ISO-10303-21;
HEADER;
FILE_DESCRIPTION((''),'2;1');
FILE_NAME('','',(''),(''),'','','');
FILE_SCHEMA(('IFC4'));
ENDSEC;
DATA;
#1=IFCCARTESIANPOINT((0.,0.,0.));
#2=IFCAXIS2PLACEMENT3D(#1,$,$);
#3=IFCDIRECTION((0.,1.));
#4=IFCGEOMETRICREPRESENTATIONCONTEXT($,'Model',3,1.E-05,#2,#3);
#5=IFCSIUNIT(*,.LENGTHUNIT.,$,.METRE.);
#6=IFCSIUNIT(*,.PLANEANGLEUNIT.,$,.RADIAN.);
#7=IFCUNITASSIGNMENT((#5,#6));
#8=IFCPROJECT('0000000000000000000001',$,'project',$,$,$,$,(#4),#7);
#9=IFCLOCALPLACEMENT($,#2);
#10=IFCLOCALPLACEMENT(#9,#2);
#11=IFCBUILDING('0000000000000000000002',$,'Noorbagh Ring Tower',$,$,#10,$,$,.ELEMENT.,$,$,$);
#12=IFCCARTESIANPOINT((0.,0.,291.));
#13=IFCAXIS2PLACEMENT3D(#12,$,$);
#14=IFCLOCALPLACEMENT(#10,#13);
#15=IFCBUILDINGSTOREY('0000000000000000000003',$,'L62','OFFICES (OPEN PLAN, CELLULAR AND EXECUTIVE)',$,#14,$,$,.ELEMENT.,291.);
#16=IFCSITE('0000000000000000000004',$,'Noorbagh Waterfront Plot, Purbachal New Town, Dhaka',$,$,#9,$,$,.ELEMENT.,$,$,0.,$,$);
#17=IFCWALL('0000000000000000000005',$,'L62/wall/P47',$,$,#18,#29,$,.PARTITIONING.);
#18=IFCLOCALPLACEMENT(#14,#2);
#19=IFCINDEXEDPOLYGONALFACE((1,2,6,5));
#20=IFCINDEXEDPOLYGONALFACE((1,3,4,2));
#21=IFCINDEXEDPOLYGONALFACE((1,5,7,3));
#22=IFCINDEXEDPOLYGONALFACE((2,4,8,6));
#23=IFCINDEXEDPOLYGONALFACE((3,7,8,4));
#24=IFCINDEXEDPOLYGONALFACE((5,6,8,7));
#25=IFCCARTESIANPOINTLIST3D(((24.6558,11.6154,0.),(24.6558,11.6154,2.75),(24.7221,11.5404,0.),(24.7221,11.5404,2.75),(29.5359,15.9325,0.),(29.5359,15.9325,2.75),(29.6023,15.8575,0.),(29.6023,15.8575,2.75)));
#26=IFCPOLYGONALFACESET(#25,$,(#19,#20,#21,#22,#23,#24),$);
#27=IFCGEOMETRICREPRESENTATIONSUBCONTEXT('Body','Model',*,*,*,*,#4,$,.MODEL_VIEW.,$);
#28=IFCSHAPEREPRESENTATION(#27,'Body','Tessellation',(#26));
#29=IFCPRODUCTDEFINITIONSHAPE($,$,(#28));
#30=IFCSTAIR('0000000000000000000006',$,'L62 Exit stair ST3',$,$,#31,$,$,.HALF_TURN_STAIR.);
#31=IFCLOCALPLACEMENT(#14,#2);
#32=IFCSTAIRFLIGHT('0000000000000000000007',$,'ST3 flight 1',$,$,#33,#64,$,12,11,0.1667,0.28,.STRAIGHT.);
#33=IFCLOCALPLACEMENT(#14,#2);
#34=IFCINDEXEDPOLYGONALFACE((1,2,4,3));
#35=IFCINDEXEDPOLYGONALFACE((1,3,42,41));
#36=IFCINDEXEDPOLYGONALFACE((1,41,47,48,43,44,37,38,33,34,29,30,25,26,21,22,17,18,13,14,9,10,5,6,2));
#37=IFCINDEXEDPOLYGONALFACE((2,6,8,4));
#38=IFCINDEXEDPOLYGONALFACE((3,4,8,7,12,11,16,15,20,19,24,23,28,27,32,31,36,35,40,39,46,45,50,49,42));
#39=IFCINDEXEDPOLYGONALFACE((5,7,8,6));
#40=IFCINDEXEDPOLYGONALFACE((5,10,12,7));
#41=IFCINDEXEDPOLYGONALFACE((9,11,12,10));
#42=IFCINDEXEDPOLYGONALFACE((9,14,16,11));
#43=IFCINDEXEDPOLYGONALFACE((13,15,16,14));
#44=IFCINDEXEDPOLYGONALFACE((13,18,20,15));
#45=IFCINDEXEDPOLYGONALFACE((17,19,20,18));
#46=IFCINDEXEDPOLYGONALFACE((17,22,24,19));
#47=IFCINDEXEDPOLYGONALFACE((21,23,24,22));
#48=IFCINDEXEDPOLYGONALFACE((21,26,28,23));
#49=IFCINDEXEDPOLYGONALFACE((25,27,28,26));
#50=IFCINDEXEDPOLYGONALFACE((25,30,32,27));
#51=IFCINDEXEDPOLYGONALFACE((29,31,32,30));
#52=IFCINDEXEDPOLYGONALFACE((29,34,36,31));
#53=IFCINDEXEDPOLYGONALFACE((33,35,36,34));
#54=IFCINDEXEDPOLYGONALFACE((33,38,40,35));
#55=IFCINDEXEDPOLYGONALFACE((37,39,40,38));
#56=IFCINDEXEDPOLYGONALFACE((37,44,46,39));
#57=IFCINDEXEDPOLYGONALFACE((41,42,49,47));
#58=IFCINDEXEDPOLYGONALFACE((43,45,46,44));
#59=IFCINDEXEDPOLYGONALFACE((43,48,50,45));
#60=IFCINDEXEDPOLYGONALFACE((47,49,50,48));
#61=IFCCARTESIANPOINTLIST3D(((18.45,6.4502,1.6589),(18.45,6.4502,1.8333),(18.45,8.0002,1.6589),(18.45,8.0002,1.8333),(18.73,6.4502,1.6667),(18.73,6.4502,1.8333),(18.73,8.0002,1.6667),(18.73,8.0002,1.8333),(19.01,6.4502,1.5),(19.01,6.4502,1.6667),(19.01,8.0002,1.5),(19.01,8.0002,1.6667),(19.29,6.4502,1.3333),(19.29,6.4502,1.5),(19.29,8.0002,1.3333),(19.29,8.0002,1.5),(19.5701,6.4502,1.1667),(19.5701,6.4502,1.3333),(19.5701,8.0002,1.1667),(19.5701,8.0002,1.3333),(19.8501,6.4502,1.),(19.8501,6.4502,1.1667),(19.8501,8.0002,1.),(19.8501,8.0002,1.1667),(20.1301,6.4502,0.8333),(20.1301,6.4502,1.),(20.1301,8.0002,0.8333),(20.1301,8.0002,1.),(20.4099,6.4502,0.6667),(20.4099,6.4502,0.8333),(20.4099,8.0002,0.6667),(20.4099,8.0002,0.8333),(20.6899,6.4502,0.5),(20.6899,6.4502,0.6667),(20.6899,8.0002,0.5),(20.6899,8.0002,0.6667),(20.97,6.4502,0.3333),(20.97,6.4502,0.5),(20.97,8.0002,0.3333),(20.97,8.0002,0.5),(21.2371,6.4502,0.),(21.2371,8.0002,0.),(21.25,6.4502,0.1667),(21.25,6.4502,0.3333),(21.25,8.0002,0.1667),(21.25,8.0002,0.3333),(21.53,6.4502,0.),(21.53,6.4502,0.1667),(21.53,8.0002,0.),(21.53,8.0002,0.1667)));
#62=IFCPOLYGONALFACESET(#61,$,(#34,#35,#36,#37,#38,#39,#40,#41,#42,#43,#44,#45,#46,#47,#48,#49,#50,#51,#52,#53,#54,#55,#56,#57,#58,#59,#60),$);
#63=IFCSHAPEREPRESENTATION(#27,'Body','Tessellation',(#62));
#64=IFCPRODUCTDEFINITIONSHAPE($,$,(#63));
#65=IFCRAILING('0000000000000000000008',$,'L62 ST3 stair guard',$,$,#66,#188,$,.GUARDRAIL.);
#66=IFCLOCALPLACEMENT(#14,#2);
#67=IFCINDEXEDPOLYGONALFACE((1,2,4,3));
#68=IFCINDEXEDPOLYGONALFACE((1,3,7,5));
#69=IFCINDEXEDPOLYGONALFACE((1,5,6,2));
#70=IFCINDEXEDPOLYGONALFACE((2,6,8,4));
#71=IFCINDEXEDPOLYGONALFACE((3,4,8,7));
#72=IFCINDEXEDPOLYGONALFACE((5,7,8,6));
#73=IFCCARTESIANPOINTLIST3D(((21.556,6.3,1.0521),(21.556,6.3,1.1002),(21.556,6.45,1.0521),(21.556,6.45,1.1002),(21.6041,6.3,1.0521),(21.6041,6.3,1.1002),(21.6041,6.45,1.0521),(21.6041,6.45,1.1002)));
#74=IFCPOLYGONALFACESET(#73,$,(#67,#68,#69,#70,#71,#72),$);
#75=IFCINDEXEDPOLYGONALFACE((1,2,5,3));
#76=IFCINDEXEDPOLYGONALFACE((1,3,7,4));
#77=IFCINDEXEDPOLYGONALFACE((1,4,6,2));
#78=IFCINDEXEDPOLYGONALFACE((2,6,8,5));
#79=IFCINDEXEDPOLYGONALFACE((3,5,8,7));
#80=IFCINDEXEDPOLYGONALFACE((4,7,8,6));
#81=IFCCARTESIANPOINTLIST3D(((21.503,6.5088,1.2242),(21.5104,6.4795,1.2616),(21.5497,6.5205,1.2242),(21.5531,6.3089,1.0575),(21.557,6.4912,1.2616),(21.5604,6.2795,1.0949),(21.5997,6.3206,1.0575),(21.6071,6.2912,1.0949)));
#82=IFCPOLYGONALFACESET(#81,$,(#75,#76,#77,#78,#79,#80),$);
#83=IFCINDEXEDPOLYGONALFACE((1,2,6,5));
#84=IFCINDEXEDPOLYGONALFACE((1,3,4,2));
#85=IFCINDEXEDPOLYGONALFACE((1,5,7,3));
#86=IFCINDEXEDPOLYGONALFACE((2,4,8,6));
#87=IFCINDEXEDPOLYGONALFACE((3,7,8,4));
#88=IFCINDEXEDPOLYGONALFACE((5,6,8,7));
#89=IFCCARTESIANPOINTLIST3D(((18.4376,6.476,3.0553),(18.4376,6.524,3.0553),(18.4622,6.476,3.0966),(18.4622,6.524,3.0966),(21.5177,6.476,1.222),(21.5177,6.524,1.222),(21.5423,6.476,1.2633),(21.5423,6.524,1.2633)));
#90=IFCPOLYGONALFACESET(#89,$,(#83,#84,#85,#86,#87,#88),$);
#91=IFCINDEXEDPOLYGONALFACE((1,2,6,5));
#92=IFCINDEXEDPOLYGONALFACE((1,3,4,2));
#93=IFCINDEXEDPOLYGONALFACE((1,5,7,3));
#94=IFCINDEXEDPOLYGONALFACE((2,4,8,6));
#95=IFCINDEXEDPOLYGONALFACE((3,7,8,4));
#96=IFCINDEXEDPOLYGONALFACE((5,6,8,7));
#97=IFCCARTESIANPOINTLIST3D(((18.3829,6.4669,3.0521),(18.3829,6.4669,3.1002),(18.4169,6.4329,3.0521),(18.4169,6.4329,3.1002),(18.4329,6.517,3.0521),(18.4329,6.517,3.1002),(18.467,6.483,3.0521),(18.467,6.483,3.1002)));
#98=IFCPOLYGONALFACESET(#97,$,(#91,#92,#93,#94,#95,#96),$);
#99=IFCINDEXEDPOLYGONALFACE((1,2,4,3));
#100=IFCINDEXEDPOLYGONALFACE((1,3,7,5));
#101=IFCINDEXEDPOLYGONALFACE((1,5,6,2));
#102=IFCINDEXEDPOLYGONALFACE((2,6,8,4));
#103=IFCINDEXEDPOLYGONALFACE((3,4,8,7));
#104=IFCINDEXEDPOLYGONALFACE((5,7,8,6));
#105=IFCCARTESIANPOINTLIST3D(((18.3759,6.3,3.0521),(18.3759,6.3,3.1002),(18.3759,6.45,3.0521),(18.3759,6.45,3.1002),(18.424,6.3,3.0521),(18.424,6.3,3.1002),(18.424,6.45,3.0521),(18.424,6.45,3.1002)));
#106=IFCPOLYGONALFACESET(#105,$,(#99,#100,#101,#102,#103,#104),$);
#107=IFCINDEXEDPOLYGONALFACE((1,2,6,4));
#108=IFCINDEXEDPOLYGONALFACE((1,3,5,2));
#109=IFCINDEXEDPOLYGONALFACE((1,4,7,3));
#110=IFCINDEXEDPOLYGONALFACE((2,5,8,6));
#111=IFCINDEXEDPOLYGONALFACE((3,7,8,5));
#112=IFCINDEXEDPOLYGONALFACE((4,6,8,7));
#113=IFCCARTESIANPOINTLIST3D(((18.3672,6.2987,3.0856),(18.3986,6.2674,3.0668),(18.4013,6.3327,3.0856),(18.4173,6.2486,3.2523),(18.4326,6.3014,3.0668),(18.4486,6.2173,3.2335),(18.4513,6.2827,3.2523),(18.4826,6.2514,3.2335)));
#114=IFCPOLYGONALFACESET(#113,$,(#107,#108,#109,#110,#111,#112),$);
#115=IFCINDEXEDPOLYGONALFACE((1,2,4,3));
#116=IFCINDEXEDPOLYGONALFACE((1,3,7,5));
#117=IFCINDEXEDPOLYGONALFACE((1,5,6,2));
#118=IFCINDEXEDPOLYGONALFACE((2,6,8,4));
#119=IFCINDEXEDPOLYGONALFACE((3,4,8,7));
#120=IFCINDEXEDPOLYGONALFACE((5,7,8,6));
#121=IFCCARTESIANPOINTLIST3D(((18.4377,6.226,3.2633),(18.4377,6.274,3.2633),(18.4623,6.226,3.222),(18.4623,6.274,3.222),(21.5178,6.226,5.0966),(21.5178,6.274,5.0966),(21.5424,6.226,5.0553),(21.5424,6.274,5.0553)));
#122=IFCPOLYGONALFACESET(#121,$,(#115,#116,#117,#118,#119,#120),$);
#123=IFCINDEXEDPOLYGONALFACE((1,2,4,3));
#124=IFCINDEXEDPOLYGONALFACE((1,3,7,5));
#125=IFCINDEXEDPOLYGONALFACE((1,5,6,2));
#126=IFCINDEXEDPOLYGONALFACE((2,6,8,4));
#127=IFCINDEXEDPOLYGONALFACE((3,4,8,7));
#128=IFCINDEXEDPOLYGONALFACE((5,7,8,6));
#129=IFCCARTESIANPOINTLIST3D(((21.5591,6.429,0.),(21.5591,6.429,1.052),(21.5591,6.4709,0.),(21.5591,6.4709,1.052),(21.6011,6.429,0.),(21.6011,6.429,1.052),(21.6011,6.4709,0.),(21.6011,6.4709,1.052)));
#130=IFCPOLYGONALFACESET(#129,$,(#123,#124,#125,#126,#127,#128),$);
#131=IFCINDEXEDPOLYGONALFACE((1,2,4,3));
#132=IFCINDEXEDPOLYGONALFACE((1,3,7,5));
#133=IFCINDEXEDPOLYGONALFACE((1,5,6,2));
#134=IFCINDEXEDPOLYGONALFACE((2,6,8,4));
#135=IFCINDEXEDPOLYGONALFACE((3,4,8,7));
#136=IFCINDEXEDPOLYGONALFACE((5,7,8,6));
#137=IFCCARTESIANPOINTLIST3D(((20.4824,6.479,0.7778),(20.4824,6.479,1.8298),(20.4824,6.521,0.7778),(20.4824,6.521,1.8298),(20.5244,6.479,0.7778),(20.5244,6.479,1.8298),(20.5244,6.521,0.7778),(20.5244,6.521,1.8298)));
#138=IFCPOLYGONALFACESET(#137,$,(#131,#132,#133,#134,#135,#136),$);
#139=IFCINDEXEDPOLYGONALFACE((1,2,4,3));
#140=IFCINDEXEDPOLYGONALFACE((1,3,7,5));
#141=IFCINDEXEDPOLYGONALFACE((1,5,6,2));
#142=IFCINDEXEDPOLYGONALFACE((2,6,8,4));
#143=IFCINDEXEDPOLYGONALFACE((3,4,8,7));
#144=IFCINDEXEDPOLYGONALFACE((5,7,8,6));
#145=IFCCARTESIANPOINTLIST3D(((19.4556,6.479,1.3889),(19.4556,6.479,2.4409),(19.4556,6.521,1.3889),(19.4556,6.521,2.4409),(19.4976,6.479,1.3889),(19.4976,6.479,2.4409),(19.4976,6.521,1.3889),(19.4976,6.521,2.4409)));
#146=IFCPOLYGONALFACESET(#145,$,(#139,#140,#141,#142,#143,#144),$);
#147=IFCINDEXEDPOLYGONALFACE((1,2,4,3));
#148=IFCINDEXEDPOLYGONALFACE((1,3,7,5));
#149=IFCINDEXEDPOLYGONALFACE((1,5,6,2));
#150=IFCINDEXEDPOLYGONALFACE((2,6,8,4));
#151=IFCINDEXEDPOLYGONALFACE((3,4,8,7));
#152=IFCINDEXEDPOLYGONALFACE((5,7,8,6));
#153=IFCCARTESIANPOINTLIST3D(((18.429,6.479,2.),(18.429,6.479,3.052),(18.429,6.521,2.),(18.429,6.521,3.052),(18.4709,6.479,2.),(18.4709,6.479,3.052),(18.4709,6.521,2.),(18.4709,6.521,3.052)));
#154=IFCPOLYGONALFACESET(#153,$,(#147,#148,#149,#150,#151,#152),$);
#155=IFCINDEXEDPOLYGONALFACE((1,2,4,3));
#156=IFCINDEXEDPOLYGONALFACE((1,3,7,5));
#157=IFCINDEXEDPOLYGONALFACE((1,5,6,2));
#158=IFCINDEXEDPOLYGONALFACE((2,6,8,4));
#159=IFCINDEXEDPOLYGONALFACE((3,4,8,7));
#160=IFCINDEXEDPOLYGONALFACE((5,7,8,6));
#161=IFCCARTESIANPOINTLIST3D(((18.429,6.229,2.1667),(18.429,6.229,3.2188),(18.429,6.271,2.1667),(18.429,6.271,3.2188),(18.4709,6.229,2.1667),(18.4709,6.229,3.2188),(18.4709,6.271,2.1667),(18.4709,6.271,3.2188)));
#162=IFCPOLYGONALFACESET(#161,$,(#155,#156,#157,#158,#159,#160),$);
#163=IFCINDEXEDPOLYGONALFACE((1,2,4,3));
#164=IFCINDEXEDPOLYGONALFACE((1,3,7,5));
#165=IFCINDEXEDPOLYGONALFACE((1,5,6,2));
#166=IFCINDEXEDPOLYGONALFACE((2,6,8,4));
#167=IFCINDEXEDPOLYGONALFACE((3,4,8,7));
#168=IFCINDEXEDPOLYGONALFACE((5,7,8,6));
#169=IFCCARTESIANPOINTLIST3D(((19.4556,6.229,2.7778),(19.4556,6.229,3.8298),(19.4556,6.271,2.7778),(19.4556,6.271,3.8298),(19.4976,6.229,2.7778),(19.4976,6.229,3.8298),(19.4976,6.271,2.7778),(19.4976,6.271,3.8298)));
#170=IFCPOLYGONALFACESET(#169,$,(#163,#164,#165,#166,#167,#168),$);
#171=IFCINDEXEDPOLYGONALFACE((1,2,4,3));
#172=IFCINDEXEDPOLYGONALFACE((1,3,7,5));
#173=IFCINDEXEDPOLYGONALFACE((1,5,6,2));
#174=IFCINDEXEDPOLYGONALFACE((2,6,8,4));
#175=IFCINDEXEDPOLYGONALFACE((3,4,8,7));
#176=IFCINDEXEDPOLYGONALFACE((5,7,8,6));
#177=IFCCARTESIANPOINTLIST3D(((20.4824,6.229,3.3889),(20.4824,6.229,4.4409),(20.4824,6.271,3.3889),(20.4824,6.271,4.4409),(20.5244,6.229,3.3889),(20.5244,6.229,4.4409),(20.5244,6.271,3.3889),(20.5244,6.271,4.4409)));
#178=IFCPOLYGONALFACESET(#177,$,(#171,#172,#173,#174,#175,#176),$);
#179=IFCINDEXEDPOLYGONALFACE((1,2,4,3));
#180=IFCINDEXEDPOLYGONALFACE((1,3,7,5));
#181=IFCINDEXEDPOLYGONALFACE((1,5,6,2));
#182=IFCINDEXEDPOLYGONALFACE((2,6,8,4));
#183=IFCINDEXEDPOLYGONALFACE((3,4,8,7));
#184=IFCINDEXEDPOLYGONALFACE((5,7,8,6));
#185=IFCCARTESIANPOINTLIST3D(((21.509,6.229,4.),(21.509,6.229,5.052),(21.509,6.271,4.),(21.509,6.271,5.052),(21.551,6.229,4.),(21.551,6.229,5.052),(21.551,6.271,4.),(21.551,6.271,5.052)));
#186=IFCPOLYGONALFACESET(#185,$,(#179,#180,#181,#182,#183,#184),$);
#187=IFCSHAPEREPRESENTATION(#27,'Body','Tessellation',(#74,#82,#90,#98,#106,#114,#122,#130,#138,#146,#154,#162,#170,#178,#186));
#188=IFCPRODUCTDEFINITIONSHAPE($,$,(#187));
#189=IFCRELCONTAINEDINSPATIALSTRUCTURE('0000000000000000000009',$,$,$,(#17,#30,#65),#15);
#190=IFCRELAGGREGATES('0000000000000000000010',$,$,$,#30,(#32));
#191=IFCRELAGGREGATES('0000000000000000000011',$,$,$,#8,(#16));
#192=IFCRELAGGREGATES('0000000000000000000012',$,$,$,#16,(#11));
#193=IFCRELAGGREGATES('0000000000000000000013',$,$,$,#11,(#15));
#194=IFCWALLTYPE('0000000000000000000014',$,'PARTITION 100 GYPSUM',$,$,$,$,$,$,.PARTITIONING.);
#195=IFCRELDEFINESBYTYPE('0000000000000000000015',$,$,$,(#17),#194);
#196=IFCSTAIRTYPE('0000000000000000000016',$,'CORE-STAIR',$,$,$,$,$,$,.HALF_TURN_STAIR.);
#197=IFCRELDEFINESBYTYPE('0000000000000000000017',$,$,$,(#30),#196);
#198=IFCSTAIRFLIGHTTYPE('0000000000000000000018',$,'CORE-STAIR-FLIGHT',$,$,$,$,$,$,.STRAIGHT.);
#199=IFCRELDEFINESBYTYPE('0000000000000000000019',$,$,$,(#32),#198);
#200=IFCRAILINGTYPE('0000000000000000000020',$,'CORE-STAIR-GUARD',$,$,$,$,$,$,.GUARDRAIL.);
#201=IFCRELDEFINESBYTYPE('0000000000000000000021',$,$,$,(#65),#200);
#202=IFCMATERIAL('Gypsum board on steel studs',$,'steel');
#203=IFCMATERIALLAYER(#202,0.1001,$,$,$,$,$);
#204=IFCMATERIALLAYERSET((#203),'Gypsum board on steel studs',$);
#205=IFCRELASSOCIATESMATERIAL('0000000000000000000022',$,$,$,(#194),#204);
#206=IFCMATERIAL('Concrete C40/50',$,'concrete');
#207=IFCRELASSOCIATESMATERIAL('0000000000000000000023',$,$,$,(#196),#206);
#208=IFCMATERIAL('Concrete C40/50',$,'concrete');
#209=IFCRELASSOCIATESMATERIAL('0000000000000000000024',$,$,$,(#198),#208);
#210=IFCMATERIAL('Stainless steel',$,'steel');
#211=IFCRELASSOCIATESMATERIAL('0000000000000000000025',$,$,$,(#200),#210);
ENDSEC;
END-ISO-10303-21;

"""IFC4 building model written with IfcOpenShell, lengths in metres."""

from ifc_helpers import new_model, si_unit, direction, frame, frame_2d, origin, origin_2d, place, context, subcontext, project, spatial, polyline, rectangle, outline, extrude, material, layer, layer_set, type_object, element, aggregate, save


model = new_model("IFC4")

# Units and contexts
model_context = context("Model", 3, precision=1e-05, world=origin(), true_north=direction((0.0, 1.0)))
body_context = subcontext(model_context, "Body", "Model", "MODEL_VIEW")
ifc_project = project(units=[si_unit("LENGTHUNIT", "METRE"), si_unit("PLANEANGLEUNIT", "RADIAN")], contexts=[model_context])

# Site, building, storey
site_placement = place(None, origin())
site = spatial("IfcSite", under=ifc_project, at=site_placement, Name="Noorbagh Waterfront Plot, Purbachal New Town, Dhaka", CompositionType="ELEMENT", RefElevation=0.0)
building_placement = place(site_placement, origin())
building = spatial("IfcBuilding", under=site, at=building_placement, Name="Noorbagh Ring Tower", CompositionType="ELEMENT")
storey_placement = place(building_placement, frame((0.0, 0.0, 291.0)))
storey = spatial("IfcBuildingStorey", under=building, at=storey_placement, Name="L62", Description="OFFICES (OPEN PLAN, CELLULAR AND EXECUTIVE)", CompositionType="ELEMENT", Elevation=291.0)

# Wall
ifc_material_1 = material(Name="Gypsum board on steel studs", Category="steel")
ifc_layer_1 = layer(ifc_material_1, 0.1001)
ifc_layer_set_1 = layer_set([ifc_layer_1], Name="Gypsum board on steel studs")
wall_type_1 = type_object("IfcWallType", Name="PARTITION 100 GYPSUM", PredefinedType="PARTITIONING", material=ifc_layer_set_1)
wall_1_placement = place(storey_placement, frame((24.689, 11.5779, 0.0), z_axis=(0.0, 0.0, 1.0), x_axis=(0.748989, 0.662583, 0.0)))
element("IfcWall", 1, at=wall_1_placement, inside=storey, type_object=wall_type_1, Name="L62/wall/P47", PredefinedType="PARTITIONING", context=body_context, shape_type="SweptSolid", body=[
    extrude(rectangle(XDim=6.5156, YDim=0.1001, at=frame_2d((3.2578, 0.0))), origin(), (0.0, 0.0, 1.0), 2.75),
])

# Stair, stair flight
ifc_material_2 = material(Name="Concrete C40/50", Category="concrete")
stair_type = type_object("IfcStairType", Name="CORE-STAIR", PredefinedType="HALF_TURN_STAIR", material=ifc_material_2)
stair_placement = place(storey_placement, origin())
stair = element("IfcStair", 2, at=stair_placement, inside=storey, type_object=stair_type, Name="L62 Exit stair ST3", PredefinedType="HALF_TURN_STAIR")
ifc_material_3 = material(Name="Concrete C40/50", Category="concrete")
stair_flight_type = type_object("IfcStairFlightType", Name="CORE-STAIR-FLIGHT", PredefinedType="STRAIGHT", material=ifc_material_3)
stair_flight_placement = place(storey_placement, frame((21.53, 7.2251, 0.0), z_axis=(0.0, 0.0, 1.0), x_axis=(-1.0, 0.0, 0.0)))
stair_flight = element("IfcStairFlight", 3, at=stair_flight_placement, type_object=stair_flight_type, Name="ST3 flight 1", NumberOfRisers=12, NumberOfTreads=11, PredefinedType="STRAIGHT", RiserHeight=0.1667, TreadLength=0.28, context=body_context, shape_type="SweptSolid", body=[
    extrude(outline(polyline([(0.0, 0.0), (0.0, 0.1667), (0.28, 0.1667), (0.28, 0.3333), (0.5601, 0.3333), (0.5601, 0.5), (0.8401, 0.5), (0.8401, 0.6667), (1.1201, 0.6667), (1.1201, 0.8333), (1.3999, 0.8333), (1.3999, 1.0), (1.6799, 1.0), (1.6799, 1.1667), (1.96, 1.1667), (1.96, 1.3333), (2.24, 1.3333), (2.24, 1.5), (2.52, 1.5), (2.52, 1.6667), (2.8, 1.6667), (2.8, 1.8333), (3.0801, 1.8333), (3.0801, 2.0), (3.0801, 1.6589), (0.293, 0.0), (0.0, 0.0)])), frame((0.0, 0.7749, 0.0), z_axis=(0.0, -1.0, 0.0), x_axis=(1.0, 0.0, 0.0)), (0.0, 0.0, 1.0), 1.55),
])
aggregate(stair, [stair_flight])

# Railing
ifc_material_4 = material(Name="Stainless steel", Category="steel")
railing_type_1 = type_object("IfcRailingType", Name="CORE-STAIR-GUARD", PredefinedType="GUARDRAIL", material=ifc_material_4)
railing_1_placement = place(storey_placement, frame((21.5801, 6.45, 0.0)))
element("IfcRailing", 4, at=railing_1_placement, inside=storey, type_object=railing_type_1, Name="L62 ST3 stair guard", PredefinedType="GUARDRAIL", context=body_context, shape_type="SweptSolid", body=[
    extrude(rectangle(XDim=0.0481, YDim=0.0481, at=origin_2d()), frame((0.0, 0.0, 1.0762), z_axis=(0.0, -1.0, 0.0), x_axis=(1.0, 0.0, 0.0)), (0.0, 0.0, 1.0), 0.1499),
    extrude(rectangle(XDim=0.0481, YDim=0.0481, at=origin_2d()), frame((0.0, -0.1499, 1.0762), z_axis=(-0.188776, 0.754182, 0.628946), x_axis=(-0.970073, -0.242814, 0.0)), (0.0, 0.0, 1.0), 0.2651),
    extrude(rectangle(XDim=0.0481, YDim=0.0481, at=origin_2d()), frame((-0.05, 0.05, 1.2427), z_axis=(-0.859309, 0.0, 0.511458), x_axis=(0.0, -1.0, 0.0)), (0.0, 0.0, 1.0), 3.5845),
    extrude(rectangle(XDim=0.0481, YDim=0.0481, at=origin_2d()), frame((-3.1301, 0.05, 3.0762), z_axis=(-0.707107, -0.707107, 0.0), x_axis=(0.707107, -0.707107, 0.0)), (0.0, 0.0, 1.0), 0.0708),
    extrude(rectangle(XDim=0.0481, YDim=0.0481, at=origin_2d()), frame((-3.1802, 0.0, 3.0762), z_axis=(0.0, -1.0, 0.0), x_axis=(1.0, 0.0, 0.0)), (0.0, 0.0, 1.0), 0.1499),
    extrude(rectangle(XDim=0.0481, YDim=0.0481, at=origin_2d()), frame((-3.1802, -0.1499, 3.0762), z_axis=(0.276287, -0.276287, 0.920506), x_axis=(0.707107, 0.707107, 0.0)), (0.0, 0.0, 1.0), 0.1812),
    extrude(rectangle(XDim=0.0481, YDim=0.0481, at=origin_2d()), frame((-3.1301, -0.2, 3.2427), z_axis=(0.859309, 0.0, 0.511458), x_axis=(0.0, 1.0, 0.0)), (0.0, 0.0, 1.0), 3.5845),
    extrude(rectangle(XDim=0.042, YDim=0.042, at=origin_2d()), origin(), (0.0, 0.0, 1.0), 1.052),
    extrude(rectangle(XDim=0.042, YDim=0.042, at=origin_2d()), frame((-1.0767, 0.05, 0.7778)), (0.0, 0.0, 1.0), 1.052),
    extrude(rectangle(XDim=0.042, YDim=0.042, at=origin_2d()), frame((-2.1035, 0.05, 1.3889)), (0.0, 0.0, 1.0), 1.052),
    extrude(rectangle(XDim=0.042, YDim=0.042, at=origin_2d()), frame((-3.1301, 0.05, 2.0)), (0.0, 0.0, 1.0), 1.052),
    extrude(rectangle(XDim=0.042, YDim=0.042, at=origin_2d()), frame((-3.1301, -0.2, 2.1667)), (0.0, 0.0, 1.0), 1.052),
    extrude(rectangle(XDim=0.042, YDim=0.042, at=origin_2d()), frame((-2.1035, -0.2, 2.7778)), (0.0, 0.0, 1.0), 1.052),
    extrude(rectangle(XDim=0.042, YDim=0.042, at=origin_2d()), frame((-1.0767, -0.2, 3.3889)), (0.0, 0.0, 1.0), 1.052),
    extrude(rectangle(XDim=0.042, YDim=0.042, at=origin_2d()), frame((-0.05, -0.2, 4.0)), (0.0, 0.0, 1.0), 1.052),
])

save(model, "model.ifc")
